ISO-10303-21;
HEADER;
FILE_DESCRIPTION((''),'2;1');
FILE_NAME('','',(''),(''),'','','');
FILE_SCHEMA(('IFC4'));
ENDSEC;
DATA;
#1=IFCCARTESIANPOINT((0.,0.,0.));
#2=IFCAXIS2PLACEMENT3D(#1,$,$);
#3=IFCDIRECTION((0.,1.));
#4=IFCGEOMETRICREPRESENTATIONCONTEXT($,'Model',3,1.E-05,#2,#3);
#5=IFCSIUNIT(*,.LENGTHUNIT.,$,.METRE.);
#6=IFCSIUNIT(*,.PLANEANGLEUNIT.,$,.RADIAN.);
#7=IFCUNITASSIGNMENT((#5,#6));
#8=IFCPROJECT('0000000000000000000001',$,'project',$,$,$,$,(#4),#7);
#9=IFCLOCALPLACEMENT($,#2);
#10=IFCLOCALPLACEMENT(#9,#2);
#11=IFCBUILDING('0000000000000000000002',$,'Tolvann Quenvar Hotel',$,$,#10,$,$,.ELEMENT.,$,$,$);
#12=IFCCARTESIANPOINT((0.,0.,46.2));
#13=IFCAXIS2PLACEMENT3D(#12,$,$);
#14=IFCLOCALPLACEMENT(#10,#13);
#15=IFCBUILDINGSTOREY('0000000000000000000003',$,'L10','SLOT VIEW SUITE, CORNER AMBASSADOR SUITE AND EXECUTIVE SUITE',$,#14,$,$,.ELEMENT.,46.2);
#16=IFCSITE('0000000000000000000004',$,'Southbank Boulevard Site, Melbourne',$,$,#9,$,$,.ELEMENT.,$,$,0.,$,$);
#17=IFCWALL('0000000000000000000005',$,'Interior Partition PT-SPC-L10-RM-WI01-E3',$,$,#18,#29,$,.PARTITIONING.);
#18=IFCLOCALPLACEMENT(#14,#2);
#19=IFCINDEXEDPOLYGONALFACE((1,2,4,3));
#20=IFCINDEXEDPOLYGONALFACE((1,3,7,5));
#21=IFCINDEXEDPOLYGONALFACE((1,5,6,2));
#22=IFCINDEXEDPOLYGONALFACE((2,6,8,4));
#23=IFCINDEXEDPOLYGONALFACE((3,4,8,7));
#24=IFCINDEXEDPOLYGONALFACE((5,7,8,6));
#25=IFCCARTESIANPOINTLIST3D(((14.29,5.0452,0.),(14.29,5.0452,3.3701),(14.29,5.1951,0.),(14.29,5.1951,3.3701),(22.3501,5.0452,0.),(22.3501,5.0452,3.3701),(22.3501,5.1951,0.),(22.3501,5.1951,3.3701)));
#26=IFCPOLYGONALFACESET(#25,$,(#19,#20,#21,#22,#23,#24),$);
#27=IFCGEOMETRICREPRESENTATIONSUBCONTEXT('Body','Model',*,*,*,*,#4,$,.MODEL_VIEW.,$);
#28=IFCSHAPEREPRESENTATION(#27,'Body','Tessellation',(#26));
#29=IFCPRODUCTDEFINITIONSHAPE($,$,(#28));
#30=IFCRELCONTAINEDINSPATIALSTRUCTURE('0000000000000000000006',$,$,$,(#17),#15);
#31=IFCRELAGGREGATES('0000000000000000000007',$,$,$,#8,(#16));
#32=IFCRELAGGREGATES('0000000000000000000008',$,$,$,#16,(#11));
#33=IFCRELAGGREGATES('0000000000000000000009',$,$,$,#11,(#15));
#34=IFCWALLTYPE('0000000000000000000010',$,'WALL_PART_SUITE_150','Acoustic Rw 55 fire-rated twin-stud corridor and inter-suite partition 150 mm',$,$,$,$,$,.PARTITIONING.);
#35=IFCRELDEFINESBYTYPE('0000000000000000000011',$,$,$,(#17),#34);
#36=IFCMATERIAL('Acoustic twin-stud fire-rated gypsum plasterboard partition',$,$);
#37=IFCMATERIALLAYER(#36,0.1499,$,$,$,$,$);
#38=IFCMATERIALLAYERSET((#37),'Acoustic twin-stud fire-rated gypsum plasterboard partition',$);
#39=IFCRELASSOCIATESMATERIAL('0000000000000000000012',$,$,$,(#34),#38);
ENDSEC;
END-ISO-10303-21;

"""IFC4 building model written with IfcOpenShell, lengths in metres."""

from ifc_helpers import new_model, si_unit, direction, frame, frame_2d, origin, place, context, subcontext, project, spatial, rectangle, extrude, material, layer, layer_set, type_object, element, save


model = new_model("IFC4")

# Units and contexts
model_context = context("Model", 3, precision=1e-05, world=origin(), true_north=direction((0.0, 1.0)))
body_context = subcontext(model_context, "Body", "Model", "MODEL_VIEW")
ifc_project = project(units=[si_unit("LENGTHUNIT", "METRE"), si_unit("PLANEANGLEUNIT", "RADIAN")], contexts=[model_context])

# Site, building, storey
site_placement = place(None, origin())
site = spatial("IfcSite", under=ifc_project, at=site_placement, Name="Southbank Boulevard Site, Melbourne", CompositionType="ELEMENT", RefElevation=0.0)
building_placement = place(site_placement, origin())
building = spatial("IfcBuilding", under=site, at=building_placement, Name="Tolvann Quenvar Hotel", CompositionType="ELEMENT")
storey_placement = place(building_placement, frame((0.0, 0.0, 46.2)))
storey = spatial("IfcBuildingStorey", under=building, at=storey_placement, Name="L10", Description="SLOT VIEW SUITE, CORNER AMBASSADOR SUITE AND EXECUTIVE SUITE", CompositionType="ELEMENT", Elevation=46.2)

# Shared definitions
ifc_material_1 = material(Name="Acoustic twin-stud fire-rated gypsum plasterboard partition")
ifc_layer_1 = layer(ifc_material_1, 0.1499)
ifc_layer_set_1 = layer_set([ifc_layer_1], Name="Acoustic twin-stud fire-rated gypsum plasterboard partition")
wall_type_1 = type_object("IfcWallType", Name="WALL_PART_SUITE_150", Description="Acoustic Rw 55 fire-rated twin-stud corridor and inter-suite partition 150 mm", PredefinedType="PARTITIONING", material=ifc_layer_set_1)

# Wall
wall_1_placement = place(storey_placement, frame((14.29, 5.1201, 0.0), z_axis=(0.0, 0.0, 1.0), x_axis=(1.0, 0.0, 0.0)))
element("IfcWall", 1, at=wall_1_placement, inside=storey, type_object=wall_type_1, Name="Interior Partition PT-SPC-L10-RM-WI01-E3", PredefinedType="PARTITIONING", context=body_context, shape_type="SweptSolid", body=[
    extrude(rectangle(XDim=8.0601, YDim=0.1499, at=frame_2d((4.03, 0.0))), origin(), (0.0, 0.0, 1.0), 3.3701),
])

save(model, "model.ifc")
